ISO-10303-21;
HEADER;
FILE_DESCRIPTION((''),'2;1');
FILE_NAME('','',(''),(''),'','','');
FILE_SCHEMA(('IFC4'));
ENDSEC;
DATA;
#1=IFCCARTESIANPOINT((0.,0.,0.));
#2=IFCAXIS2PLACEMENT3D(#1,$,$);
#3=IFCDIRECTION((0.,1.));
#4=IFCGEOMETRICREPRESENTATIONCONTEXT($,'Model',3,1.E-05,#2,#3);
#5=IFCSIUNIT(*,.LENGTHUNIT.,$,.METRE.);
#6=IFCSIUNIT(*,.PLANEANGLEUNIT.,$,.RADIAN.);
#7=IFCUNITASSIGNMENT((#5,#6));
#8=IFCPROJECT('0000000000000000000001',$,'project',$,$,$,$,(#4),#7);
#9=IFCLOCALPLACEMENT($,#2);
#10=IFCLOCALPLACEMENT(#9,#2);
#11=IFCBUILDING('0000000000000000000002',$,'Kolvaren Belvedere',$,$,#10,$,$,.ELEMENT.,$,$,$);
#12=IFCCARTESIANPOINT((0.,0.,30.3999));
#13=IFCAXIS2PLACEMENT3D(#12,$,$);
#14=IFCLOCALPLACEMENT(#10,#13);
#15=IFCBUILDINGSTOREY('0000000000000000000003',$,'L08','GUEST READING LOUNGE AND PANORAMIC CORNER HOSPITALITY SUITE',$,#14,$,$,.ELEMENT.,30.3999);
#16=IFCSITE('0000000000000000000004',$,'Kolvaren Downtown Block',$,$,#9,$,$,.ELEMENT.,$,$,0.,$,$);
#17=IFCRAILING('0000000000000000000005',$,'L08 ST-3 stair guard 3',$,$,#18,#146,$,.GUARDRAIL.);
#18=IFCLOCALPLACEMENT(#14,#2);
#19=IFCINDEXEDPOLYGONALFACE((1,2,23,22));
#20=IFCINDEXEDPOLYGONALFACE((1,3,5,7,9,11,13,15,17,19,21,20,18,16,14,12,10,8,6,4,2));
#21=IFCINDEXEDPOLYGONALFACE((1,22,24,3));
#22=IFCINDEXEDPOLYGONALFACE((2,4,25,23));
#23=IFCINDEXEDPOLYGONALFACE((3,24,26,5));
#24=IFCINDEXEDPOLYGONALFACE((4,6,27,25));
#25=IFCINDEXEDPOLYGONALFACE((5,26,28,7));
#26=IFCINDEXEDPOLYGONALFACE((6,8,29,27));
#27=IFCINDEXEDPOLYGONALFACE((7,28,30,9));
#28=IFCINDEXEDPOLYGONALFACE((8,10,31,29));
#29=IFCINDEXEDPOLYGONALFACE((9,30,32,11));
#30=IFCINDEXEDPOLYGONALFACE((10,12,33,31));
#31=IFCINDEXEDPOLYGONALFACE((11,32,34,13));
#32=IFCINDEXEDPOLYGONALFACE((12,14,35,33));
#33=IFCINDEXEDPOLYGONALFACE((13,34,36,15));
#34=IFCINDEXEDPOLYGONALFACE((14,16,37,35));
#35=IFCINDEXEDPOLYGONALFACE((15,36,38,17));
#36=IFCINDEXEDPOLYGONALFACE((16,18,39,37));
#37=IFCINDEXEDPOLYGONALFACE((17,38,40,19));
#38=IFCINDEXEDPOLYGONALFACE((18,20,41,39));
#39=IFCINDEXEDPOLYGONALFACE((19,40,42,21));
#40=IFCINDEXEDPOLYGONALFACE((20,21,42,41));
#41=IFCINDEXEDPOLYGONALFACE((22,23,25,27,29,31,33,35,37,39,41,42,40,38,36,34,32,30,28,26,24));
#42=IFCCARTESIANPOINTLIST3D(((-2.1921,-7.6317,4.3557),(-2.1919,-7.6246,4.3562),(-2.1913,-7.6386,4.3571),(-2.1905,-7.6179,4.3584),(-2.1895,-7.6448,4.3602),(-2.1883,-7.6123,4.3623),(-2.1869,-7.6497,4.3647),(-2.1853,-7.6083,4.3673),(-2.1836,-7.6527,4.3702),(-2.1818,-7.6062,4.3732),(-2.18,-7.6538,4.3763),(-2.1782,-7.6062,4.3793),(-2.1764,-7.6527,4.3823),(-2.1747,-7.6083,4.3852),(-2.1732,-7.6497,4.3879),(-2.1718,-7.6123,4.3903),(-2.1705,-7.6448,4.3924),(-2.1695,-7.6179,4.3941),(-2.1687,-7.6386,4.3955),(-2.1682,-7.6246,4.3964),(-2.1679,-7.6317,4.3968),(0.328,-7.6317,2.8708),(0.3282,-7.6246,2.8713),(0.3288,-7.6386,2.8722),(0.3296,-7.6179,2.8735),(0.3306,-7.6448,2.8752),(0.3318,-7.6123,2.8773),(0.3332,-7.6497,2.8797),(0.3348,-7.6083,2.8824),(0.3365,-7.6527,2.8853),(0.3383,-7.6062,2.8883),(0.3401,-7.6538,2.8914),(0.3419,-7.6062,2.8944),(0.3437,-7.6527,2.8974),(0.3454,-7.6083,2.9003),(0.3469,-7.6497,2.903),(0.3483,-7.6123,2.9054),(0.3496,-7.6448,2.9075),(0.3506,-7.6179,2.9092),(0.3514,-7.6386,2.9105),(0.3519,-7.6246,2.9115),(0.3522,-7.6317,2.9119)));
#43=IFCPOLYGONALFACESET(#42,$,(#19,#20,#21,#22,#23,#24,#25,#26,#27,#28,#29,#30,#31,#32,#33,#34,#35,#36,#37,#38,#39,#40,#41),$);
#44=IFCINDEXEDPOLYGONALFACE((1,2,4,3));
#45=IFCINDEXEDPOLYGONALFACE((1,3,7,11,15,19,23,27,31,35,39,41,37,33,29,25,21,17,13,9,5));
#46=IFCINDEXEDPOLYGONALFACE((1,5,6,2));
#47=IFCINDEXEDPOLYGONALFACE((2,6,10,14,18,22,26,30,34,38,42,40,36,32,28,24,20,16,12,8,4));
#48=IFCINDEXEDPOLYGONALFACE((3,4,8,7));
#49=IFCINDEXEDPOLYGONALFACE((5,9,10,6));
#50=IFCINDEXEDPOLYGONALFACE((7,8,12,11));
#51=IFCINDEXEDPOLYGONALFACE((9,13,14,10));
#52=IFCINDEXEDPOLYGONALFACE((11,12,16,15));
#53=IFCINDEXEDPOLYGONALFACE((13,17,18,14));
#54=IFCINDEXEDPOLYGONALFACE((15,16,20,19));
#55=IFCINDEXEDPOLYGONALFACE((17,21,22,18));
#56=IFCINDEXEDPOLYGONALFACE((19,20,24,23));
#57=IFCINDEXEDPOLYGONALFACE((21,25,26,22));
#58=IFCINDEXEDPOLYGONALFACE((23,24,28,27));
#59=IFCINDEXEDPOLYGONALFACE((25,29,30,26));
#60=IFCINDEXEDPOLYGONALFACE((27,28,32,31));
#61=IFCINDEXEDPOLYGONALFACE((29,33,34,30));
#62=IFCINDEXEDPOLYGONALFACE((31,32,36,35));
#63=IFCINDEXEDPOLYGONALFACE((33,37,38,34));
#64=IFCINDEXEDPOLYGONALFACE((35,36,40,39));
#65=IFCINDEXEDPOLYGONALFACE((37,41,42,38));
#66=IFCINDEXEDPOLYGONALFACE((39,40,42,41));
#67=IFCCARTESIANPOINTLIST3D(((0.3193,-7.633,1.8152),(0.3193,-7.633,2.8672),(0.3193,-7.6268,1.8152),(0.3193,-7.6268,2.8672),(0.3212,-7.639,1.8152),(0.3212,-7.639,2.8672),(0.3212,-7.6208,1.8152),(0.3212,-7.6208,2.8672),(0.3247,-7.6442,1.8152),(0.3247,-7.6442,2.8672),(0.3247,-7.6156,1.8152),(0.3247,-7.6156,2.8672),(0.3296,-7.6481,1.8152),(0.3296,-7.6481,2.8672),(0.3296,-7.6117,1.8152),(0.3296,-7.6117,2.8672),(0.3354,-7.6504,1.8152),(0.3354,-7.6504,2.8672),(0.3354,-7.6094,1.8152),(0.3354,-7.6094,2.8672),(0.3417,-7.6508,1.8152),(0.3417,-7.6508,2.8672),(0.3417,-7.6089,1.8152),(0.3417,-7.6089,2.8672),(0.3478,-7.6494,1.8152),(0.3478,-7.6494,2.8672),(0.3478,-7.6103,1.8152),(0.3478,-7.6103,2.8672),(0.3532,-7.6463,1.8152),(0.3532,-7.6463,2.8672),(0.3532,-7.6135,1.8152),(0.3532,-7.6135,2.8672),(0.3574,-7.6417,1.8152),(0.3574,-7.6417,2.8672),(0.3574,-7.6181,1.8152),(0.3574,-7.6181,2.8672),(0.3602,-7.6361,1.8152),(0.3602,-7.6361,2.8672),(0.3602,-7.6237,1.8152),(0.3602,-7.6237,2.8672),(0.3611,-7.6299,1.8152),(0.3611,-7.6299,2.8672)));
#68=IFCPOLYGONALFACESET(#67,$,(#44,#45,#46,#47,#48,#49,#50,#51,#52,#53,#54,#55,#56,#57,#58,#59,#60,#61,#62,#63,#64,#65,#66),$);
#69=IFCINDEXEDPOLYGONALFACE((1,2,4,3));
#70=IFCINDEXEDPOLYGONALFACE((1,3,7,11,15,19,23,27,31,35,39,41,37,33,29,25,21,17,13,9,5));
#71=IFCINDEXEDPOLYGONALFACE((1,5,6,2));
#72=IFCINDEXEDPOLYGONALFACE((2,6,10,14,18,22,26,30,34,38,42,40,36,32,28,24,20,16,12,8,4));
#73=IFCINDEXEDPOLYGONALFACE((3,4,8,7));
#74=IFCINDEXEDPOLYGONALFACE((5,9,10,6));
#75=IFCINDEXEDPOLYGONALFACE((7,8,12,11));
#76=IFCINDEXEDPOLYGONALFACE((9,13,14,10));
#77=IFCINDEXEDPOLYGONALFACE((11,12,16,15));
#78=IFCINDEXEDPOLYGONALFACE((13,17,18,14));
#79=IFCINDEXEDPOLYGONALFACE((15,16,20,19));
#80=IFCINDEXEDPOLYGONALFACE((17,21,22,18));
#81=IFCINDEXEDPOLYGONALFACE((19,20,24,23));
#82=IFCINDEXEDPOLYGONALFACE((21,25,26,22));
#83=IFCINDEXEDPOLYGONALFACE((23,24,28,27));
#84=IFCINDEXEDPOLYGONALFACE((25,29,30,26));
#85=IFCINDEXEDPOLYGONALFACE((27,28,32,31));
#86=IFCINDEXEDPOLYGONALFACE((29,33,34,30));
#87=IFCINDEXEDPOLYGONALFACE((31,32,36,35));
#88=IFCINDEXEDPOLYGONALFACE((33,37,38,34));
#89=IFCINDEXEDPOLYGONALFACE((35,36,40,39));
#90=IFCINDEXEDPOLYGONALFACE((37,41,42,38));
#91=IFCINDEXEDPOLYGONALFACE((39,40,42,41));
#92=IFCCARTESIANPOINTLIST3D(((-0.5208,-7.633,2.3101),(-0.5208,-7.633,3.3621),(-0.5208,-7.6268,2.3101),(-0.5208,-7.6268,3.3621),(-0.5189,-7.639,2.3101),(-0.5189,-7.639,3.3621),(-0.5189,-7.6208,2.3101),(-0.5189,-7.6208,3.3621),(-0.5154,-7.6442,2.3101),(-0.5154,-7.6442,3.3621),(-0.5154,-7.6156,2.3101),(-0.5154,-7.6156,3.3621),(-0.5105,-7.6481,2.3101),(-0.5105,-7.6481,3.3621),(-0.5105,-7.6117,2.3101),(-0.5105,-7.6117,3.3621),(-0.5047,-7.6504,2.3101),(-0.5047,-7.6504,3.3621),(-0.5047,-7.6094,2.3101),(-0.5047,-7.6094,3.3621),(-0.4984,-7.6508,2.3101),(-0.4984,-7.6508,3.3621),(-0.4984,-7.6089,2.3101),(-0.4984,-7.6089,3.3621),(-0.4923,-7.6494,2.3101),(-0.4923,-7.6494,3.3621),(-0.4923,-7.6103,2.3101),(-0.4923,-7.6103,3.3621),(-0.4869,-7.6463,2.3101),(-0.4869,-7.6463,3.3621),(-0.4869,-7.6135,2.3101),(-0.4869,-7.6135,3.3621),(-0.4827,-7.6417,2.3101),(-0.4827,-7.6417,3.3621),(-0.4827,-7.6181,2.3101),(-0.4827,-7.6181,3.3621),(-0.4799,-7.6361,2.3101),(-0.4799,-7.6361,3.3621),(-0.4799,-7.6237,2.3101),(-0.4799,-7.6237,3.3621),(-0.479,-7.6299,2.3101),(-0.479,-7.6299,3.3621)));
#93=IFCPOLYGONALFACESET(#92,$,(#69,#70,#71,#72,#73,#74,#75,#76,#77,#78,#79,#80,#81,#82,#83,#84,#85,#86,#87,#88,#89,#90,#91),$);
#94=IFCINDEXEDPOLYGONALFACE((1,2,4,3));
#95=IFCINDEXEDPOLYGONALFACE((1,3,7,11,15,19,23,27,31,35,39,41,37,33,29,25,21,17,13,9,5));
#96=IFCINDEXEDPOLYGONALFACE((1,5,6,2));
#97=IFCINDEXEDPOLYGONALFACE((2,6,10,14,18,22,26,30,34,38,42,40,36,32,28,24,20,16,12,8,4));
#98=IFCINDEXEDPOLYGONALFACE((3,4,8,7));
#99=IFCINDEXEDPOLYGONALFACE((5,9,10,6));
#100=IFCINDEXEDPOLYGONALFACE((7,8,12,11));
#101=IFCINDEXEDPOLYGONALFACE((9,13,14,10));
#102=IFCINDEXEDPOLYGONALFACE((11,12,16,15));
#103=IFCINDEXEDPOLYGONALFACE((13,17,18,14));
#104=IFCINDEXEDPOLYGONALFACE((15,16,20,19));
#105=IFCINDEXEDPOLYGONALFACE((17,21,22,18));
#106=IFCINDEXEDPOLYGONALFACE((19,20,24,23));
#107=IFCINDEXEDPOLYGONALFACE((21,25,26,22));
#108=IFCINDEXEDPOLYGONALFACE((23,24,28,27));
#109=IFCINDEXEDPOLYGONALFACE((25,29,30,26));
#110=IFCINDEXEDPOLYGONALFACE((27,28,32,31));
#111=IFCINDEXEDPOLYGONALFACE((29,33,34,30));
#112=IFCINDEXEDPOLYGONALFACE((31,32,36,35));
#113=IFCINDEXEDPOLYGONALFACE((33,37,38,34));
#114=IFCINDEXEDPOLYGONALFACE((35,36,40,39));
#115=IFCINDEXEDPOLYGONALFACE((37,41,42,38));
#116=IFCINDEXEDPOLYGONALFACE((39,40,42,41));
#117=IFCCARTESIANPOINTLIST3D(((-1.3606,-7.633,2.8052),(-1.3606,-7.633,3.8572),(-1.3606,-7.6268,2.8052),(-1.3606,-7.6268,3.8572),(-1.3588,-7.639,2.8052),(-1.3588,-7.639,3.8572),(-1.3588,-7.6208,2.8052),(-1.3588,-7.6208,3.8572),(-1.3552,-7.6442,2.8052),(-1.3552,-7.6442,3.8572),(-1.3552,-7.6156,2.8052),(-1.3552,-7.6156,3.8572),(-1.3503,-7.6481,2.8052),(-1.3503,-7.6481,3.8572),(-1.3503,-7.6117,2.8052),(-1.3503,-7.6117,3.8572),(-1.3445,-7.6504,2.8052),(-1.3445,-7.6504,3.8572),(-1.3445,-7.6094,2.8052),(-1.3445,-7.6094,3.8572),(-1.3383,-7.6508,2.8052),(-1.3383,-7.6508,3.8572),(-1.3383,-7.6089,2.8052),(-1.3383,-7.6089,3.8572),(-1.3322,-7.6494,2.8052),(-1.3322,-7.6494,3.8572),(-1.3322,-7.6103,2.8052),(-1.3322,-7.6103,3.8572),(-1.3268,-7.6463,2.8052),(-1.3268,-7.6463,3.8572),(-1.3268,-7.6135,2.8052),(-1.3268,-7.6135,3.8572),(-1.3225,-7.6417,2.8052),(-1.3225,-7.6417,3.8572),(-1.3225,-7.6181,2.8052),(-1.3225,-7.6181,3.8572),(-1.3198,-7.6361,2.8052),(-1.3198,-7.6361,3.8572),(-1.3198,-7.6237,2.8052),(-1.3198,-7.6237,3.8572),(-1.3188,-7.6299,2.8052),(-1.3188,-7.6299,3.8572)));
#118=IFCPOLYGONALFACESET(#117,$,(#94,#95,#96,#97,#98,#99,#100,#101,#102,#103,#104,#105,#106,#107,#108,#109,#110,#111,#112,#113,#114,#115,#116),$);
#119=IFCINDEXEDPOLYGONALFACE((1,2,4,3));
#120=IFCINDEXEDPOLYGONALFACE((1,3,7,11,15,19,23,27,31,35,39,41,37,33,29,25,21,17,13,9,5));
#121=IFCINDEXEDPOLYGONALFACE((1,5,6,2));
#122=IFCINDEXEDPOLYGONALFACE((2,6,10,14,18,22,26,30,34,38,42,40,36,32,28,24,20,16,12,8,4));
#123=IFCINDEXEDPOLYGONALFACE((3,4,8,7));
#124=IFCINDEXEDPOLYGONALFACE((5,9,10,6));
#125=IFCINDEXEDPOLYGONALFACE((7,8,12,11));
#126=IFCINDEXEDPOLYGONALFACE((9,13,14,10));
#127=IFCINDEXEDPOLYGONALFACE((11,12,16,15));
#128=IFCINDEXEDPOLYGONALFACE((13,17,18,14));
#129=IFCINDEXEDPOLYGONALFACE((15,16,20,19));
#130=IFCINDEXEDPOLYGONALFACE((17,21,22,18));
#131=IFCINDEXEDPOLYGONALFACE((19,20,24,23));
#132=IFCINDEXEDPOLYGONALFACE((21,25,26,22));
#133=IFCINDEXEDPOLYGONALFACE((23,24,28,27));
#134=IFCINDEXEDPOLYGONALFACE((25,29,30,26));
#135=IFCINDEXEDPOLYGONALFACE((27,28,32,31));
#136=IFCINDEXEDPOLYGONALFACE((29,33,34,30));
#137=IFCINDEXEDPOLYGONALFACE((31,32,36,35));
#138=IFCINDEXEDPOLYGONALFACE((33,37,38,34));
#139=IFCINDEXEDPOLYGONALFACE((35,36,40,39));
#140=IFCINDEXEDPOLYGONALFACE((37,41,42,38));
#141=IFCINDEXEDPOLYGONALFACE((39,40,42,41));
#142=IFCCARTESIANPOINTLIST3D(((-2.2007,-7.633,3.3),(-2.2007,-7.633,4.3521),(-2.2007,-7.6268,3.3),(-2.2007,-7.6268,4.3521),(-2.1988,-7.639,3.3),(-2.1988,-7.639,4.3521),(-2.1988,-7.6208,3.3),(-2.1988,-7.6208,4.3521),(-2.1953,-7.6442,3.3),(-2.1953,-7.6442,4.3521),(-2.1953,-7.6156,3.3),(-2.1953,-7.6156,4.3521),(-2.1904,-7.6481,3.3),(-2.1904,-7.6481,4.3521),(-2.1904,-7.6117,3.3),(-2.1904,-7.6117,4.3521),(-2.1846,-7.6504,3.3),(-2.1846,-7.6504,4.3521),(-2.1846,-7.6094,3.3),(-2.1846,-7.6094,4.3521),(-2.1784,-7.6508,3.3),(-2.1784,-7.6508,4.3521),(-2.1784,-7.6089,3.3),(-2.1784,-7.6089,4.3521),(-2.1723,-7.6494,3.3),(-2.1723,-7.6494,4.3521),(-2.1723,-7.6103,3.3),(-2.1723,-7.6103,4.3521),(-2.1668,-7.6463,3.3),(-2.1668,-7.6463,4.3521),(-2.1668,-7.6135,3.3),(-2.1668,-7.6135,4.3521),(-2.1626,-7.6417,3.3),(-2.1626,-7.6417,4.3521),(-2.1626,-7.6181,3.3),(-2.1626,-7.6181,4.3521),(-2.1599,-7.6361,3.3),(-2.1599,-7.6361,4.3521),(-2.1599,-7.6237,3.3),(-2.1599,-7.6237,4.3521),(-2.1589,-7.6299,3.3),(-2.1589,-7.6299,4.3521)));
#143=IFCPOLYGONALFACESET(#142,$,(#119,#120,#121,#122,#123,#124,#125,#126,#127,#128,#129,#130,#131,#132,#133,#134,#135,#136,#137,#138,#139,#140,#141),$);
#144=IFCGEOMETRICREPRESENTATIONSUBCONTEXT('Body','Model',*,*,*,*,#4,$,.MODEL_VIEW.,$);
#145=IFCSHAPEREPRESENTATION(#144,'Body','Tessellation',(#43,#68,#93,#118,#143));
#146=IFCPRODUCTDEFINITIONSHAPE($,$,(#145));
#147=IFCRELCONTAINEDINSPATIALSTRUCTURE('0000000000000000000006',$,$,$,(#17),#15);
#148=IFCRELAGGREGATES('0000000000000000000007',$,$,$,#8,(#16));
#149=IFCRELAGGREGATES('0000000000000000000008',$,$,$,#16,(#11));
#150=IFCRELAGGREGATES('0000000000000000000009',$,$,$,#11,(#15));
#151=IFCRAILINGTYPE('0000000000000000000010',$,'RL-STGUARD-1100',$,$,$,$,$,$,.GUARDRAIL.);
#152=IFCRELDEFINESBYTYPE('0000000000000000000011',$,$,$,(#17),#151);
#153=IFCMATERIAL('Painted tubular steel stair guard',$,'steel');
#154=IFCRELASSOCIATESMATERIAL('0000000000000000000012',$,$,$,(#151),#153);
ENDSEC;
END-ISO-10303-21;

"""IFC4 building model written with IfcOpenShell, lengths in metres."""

from ifc_helpers import new_model, si_unit, direction, frame, origin, origin_2d, place, context, subcontext, project, spatial, circle, extrude, material, type_object, element, save


model = new_model("IFC4")

# Units and contexts
model_context = context("Model", 3, precision=1e-05, world=origin(), true_north=direction((0.0, 1.0)))
body_context = subcontext(model_context, "Body", "Model", "MODEL_VIEW")
ifc_project = project(units=[si_unit("LENGTHUNIT", "METRE"), si_unit("PLANEANGLEUNIT", "RADIAN")], contexts=[model_context])

# Site, building, storey
site_placement = place(None, origin())
site = spatial("IfcSite", under=ifc_project, at=site_placement, Name="Kolvaren Downtown Block", CompositionType="ELEMENT", RefElevation=0.0)
building_placement = place(site_placement, origin())
building = spatial("IfcBuilding", under=site, at=building_placement, Name="Kolvaren Belvedere", CompositionType="ELEMENT")
storey_placement = place(building_placement, frame((0.0, 0.0, 30.3999)))
storey = spatial("IfcBuildingStorey", under=building, at=storey_placement, Name="L08", Description="GUEST READING LOUNGE AND PANORAMIC CORNER HOSPITALITY SUITE", CompositionType="ELEMENT", Elevation=30.3999)

# Railing
ifc_material_1 = material(Name="Painted tubular steel stair guard", Category="steel")
railing_type_1 = type_object("IfcRailingType", Name="RL-STGUARD-1100", PredefinedType="GUARDRAIL", material=ifc_material_1)
railing_1_placement = place(storey_placement, frame((0.3401, -7.6299, 1.8152)))
element("IfcRailing", 1, at=railing_1_placement, inside=storey, type_object=railing_type_1, Name="L08 ST-3 stair guard 3", PredefinedType="GUARDRAIL", context=body_context, shape_type="SweptSolid", body=[
    extrude(circle(Radius=0.0239, at=origin_2d()), frame((0.0, 0.0, 1.0762), z_axis=(-0.861561, 0.0, 0.507655), x_axis=(0.0, -1.0, 0.0)), (0.0, 0.0, 1.0), 2.925),
    extrude(circle(Radius=0.021, at=origin_2d()), origin(), (0.0, 0.0, 1.0), 1.052),
    extrude(circle(Radius=0.021, at=origin_2d()), frame((-0.8401, 0.0, 0.4949)), (0.0, 0.0, 1.0), 1.052),
    extrude(circle(Radius=0.021, at=origin_2d()), frame((-1.6799, 0.0, 0.99)), (0.0, 0.0, 1.0), 1.052),
    extrude(circle(Radius=0.021, at=origin_2d()), frame((-2.52, 0.0, 1.4849)), (0.0, 0.0, 1.0), 1.052),
])

save(model, "model.ifc")
